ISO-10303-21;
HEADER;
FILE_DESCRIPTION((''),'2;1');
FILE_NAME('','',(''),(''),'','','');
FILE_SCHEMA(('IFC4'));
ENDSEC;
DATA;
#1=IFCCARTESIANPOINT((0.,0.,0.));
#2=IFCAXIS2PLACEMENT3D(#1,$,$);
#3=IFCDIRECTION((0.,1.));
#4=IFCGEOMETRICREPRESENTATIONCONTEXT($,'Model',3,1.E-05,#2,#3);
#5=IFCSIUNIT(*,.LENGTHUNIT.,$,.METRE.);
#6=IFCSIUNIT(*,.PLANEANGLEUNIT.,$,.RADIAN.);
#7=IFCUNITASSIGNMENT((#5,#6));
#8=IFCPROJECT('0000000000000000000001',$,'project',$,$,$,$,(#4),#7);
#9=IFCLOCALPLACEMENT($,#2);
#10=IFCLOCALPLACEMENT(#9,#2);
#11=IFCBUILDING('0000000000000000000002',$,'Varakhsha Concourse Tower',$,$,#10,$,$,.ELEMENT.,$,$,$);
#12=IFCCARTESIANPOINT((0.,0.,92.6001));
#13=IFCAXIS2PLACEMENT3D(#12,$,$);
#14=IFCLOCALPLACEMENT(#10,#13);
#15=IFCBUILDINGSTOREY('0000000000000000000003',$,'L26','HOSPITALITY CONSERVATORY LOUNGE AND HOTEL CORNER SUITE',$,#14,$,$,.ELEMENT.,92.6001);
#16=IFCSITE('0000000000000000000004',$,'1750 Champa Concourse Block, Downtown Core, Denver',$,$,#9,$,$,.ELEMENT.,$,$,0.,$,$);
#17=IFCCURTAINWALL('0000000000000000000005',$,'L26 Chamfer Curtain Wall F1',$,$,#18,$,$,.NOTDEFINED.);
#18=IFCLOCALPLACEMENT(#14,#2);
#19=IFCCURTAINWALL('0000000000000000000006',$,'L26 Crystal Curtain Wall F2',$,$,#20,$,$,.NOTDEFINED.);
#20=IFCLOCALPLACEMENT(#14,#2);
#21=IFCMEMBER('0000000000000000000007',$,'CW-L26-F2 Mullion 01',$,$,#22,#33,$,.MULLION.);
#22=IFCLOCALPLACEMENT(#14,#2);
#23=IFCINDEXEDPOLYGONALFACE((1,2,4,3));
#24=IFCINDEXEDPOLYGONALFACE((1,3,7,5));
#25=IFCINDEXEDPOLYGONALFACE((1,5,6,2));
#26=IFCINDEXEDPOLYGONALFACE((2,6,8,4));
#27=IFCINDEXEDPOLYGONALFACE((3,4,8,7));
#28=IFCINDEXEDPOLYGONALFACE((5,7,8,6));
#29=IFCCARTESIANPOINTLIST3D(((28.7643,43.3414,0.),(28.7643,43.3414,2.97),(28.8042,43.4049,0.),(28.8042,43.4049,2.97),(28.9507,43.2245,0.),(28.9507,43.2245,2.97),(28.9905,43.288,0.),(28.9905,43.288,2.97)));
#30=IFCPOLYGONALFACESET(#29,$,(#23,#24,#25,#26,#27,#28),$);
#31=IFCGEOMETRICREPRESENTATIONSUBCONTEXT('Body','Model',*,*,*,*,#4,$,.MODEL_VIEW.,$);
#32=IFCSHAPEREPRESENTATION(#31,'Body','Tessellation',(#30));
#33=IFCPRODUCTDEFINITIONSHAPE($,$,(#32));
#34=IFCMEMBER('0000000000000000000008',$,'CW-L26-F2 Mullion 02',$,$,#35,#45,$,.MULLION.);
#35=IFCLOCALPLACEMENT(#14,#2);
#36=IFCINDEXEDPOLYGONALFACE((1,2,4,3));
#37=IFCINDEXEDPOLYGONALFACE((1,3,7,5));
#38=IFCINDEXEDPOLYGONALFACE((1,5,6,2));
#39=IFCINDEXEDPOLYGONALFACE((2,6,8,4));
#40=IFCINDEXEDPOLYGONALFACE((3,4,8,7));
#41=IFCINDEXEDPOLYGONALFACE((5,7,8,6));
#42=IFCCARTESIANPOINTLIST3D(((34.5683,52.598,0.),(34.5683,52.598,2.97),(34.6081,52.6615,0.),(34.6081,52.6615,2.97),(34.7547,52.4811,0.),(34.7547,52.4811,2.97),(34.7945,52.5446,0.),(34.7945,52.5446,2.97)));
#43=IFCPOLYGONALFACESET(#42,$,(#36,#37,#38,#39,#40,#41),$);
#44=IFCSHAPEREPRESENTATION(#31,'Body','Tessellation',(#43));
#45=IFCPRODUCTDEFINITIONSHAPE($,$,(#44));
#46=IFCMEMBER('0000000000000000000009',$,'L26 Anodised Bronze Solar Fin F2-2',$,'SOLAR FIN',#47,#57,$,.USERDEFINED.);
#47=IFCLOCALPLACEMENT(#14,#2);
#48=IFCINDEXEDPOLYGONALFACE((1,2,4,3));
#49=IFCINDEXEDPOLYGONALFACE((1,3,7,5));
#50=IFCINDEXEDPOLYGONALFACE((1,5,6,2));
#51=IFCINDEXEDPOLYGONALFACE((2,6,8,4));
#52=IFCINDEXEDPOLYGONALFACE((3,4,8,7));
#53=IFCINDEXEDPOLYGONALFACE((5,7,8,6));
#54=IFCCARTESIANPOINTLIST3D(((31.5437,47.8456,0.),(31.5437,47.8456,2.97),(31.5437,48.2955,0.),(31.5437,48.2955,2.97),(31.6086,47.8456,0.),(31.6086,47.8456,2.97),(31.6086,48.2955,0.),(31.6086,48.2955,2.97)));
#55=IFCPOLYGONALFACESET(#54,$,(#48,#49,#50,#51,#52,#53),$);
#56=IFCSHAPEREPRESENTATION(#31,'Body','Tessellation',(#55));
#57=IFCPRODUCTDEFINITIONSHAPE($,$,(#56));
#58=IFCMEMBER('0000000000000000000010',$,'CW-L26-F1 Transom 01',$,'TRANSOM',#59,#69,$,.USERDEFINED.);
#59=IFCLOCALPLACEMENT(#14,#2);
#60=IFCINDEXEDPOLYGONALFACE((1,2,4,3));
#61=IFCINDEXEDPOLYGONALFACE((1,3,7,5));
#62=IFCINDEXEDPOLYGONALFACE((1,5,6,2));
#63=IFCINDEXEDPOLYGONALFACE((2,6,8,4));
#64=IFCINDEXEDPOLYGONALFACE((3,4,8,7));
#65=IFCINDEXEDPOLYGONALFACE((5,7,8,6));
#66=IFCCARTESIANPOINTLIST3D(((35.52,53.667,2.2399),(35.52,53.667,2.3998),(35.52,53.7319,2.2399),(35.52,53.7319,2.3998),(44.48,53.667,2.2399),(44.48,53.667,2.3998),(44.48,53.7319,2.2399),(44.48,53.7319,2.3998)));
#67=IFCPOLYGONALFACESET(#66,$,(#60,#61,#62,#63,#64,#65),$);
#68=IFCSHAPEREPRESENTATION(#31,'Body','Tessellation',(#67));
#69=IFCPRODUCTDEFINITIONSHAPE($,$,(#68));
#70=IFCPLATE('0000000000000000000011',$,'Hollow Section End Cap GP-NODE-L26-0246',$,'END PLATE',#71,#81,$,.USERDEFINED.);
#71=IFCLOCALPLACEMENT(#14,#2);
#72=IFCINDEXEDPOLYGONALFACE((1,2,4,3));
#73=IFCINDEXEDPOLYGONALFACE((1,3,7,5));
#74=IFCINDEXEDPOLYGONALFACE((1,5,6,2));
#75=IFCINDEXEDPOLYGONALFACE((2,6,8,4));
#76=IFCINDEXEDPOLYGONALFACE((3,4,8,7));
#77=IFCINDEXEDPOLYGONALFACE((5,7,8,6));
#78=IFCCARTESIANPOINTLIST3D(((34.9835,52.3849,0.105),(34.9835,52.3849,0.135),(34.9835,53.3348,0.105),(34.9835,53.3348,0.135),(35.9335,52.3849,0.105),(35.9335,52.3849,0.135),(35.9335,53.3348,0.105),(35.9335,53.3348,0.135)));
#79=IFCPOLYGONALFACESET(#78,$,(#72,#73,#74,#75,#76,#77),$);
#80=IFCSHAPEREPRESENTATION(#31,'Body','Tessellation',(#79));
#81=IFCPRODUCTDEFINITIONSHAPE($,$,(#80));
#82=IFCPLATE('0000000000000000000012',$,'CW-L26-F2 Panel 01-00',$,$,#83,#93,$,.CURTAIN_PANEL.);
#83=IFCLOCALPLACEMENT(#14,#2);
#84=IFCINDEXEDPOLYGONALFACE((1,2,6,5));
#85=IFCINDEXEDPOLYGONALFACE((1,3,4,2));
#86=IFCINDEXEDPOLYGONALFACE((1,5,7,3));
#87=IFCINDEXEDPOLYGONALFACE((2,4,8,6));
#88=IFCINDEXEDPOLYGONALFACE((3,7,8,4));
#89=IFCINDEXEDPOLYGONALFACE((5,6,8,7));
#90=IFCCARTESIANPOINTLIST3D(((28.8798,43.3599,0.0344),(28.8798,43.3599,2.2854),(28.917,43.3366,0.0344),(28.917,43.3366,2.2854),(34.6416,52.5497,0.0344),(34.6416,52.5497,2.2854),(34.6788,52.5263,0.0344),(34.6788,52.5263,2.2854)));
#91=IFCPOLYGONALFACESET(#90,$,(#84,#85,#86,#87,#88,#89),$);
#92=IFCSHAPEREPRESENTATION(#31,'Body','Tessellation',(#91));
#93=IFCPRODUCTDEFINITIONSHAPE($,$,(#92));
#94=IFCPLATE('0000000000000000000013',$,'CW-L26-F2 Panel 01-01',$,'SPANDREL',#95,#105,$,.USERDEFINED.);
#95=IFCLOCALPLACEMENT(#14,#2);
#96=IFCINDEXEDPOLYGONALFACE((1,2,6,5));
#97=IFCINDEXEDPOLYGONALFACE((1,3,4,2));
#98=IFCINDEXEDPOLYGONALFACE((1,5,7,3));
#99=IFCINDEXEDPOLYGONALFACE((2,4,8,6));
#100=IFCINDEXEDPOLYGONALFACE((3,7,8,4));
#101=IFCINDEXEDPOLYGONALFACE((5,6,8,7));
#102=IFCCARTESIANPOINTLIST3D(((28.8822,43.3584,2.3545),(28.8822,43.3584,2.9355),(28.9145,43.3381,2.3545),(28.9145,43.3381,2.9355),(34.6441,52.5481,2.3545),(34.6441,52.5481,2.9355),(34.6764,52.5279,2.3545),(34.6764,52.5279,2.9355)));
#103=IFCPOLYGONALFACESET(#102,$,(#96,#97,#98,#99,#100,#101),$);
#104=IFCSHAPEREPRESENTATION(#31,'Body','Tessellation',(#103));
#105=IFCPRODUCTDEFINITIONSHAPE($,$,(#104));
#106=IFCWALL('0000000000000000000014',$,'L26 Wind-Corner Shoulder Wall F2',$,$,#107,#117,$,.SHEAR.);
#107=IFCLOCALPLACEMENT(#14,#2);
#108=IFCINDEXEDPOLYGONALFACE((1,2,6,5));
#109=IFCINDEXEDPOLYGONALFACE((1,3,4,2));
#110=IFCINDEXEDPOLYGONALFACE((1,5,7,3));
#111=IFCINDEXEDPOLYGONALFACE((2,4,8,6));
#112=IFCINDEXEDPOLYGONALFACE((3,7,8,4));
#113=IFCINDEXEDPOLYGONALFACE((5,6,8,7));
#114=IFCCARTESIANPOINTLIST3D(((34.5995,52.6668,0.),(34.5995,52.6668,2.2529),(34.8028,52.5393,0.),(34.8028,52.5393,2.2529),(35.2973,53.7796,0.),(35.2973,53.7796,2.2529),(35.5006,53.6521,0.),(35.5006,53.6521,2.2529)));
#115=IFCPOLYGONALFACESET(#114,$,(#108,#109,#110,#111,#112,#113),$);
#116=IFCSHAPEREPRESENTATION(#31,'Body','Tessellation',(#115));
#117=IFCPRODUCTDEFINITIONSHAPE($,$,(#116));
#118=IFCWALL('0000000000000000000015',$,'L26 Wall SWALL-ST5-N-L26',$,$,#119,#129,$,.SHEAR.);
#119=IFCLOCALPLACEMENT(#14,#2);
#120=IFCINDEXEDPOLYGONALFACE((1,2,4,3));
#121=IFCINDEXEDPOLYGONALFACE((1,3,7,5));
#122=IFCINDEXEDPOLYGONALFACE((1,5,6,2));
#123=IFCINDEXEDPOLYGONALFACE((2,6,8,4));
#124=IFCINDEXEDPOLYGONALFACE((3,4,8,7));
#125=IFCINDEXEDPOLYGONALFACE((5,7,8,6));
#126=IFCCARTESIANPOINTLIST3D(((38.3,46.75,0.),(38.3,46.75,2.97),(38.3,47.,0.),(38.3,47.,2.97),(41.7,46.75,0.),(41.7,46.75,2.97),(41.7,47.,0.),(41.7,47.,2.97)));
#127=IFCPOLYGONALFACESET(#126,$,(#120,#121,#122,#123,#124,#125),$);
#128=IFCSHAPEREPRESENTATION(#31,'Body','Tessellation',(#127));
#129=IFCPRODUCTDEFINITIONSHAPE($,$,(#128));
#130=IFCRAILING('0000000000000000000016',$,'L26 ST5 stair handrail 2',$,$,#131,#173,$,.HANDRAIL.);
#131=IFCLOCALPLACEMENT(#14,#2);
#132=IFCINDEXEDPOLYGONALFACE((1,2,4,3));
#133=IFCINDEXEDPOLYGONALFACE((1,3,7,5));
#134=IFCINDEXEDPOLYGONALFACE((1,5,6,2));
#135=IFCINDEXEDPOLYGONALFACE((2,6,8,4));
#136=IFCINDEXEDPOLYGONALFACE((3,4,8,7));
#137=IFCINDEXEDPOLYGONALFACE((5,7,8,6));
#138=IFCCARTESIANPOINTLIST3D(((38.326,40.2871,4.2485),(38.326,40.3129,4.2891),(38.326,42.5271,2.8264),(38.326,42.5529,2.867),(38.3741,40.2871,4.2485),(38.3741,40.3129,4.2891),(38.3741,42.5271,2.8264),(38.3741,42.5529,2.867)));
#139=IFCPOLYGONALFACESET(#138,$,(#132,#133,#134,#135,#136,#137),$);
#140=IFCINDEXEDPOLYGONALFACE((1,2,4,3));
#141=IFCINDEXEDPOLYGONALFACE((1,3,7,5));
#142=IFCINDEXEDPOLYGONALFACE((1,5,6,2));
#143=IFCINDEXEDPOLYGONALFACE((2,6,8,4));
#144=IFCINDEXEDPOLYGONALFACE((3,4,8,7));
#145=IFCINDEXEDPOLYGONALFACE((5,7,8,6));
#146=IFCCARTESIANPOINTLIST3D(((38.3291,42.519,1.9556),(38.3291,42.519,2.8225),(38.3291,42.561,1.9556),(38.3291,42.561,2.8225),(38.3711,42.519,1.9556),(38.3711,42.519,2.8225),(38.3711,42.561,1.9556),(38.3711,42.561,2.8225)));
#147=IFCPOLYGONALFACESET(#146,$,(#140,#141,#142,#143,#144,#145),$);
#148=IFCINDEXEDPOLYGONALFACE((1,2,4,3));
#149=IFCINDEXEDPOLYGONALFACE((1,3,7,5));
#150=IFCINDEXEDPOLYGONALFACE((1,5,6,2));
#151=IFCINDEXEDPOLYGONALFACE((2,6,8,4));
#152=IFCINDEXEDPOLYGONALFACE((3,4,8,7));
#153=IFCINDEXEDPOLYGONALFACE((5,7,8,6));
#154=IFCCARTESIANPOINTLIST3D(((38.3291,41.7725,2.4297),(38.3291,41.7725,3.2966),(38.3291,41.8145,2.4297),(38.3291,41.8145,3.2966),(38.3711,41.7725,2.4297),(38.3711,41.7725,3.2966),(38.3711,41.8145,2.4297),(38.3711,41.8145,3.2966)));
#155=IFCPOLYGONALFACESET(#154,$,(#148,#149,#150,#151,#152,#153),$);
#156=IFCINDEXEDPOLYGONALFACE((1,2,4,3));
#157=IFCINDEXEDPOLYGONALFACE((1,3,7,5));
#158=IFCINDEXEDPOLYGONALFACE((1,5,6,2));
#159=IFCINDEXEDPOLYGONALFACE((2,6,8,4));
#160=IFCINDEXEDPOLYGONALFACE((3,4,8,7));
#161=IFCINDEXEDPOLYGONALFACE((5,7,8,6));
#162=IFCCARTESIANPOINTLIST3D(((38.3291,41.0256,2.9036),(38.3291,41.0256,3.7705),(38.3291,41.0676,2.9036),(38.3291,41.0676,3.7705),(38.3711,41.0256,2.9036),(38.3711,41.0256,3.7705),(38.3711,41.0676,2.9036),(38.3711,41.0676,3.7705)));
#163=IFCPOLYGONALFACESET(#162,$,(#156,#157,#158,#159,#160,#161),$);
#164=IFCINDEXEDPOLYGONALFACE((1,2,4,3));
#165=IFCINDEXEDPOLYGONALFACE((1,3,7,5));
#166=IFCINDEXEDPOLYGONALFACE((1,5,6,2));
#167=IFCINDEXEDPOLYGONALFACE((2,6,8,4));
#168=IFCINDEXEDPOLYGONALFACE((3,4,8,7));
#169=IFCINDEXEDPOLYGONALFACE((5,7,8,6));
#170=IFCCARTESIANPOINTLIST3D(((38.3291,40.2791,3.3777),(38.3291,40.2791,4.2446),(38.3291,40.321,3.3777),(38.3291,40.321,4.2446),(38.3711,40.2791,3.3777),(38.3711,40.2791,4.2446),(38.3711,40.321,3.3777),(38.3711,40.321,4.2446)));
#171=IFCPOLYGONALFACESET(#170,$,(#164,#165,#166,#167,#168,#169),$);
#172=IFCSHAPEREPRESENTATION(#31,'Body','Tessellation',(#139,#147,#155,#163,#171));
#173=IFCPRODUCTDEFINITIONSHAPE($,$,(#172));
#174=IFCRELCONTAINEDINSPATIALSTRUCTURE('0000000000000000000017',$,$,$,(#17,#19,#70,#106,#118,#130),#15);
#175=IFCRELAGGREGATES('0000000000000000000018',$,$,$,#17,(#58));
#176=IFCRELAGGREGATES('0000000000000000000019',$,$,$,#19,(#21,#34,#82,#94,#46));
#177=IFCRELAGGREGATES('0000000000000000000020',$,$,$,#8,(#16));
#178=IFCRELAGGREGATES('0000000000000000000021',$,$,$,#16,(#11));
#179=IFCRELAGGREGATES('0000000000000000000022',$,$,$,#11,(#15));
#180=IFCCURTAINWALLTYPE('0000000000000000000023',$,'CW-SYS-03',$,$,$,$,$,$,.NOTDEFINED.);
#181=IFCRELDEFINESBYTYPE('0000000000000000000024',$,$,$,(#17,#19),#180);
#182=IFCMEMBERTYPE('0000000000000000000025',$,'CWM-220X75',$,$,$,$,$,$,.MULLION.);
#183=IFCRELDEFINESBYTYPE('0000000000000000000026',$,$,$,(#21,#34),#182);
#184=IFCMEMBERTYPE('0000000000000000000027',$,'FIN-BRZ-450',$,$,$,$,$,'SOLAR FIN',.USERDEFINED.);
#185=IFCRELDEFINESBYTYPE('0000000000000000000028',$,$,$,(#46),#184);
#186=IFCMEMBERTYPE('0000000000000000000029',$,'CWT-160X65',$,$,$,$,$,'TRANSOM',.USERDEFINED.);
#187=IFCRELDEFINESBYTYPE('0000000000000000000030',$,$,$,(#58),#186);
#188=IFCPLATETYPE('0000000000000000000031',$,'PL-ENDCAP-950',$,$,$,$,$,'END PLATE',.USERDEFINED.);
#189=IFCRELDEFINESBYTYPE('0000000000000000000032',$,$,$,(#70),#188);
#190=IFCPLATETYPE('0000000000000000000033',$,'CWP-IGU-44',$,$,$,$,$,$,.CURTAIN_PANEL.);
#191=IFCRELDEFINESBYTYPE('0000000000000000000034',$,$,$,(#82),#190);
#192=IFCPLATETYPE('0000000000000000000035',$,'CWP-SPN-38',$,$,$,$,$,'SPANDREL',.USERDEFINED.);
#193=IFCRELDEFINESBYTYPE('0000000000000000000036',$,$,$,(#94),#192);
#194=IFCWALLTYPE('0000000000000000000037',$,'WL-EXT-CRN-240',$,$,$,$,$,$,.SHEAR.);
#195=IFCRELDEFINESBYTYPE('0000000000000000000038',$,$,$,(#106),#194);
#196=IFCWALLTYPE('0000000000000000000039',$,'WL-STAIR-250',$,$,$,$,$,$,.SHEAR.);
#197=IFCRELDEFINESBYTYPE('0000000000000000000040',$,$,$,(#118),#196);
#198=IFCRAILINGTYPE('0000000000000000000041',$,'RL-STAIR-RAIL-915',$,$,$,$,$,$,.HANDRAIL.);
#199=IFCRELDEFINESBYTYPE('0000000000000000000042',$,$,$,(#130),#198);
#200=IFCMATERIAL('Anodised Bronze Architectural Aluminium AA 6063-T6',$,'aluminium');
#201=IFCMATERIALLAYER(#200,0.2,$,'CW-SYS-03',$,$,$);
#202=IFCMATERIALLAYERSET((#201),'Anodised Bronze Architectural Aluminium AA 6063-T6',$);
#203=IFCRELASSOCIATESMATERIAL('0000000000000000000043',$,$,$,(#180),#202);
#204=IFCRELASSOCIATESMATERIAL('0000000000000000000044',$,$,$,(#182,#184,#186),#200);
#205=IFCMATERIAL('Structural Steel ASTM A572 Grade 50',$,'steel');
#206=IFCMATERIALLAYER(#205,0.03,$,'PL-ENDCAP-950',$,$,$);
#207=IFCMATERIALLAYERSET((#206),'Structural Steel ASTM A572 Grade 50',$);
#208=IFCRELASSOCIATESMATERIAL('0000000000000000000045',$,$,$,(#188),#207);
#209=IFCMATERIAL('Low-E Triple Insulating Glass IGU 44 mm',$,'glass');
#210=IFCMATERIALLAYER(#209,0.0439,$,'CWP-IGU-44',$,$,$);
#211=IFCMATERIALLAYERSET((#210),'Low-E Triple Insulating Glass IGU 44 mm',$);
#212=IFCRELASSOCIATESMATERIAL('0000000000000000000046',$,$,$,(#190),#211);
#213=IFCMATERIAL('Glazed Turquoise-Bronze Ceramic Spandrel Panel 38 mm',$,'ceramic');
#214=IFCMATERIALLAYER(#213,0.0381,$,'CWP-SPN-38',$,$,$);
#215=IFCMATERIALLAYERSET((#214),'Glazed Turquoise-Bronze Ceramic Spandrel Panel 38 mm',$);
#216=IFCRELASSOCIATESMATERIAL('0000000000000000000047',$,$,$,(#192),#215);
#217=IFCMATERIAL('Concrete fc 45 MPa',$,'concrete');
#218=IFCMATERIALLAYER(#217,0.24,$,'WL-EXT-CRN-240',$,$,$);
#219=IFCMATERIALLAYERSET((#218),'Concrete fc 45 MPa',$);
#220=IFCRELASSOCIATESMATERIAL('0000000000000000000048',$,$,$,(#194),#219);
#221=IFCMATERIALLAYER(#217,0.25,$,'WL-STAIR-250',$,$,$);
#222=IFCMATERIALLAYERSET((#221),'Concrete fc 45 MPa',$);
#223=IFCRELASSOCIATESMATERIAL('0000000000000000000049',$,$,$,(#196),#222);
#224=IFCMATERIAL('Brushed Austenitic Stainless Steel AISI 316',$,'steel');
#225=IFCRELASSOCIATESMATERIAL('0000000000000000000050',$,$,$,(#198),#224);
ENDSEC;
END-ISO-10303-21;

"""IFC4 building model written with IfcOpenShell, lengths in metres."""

from ifc_helpers import new_model, si_unit, direction, frame, frame_2d, origin, origin_2d, place, context, subcontext, project, spatial, rectangle, extrude, source, transform, mapped, material, layer, layer_set, material_profile, profile_set, type_object, type_shapes, element, aggregate, save


model = new_model("IFC4")

# Units and contexts
model_context = context("Model", 3, precision=1e-05, world=origin(), true_north=direction((0.0, 1.0)))
body_context = subcontext(model_context, "Body", "Model", "MODEL_VIEW")
ifc_project = project(units=[si_unit("LENGTHUNIT", "METRE"), si_unit("PLANEANGLEUNIT", "RADIAN")], contexts=[model_context])

# Site, building, storey
site_placement = place(None, origin())
site = spatial("IfcSite", under=ifc_project, at=site_placement, Name="1750 Champa Concourse Block, Downtown Core, Denver", CompositionType="ELEMENT", RefElevation=0.0)
building_placement = place(site_placement, origin())
building = spatial("IfcBuilding", under=site, at=building_placement, Name="Varakhsha Concourse Tower", CompositionType="ELEMENT")
storey_placement = place(building_placement, frame((0.0, 0.0, 92.6001)))
storey = spatial("IfcBuildingStorey", under=building, at=storey_placement, Name="L26", Description="HOSPITALITY CONSERVATORY LOUNGE AND HOTEL CORNER SUITE", CompositionType="ELEMENT", Elevation=92.6001)

# Shared definitions
ifc_material_1 = material(Name="Structural Steel ASTM A572 Grade 50", Category="steel")

# Curtain wall
ifc_material_2 = material(Name="Anodised Bronze Architectural Aluminium AA 6063-T6", Category="aluminium")
ifc_layer_1 = layer(ifc_material_2, 0.2, Name="CW-SYS-03")
ifc_layer_set_1 = layer_set([ifc_layer_1], Name="Anodised Bronze Architectural Aluminium AA 6063-T6")
curtain_wall_type = type_object("IfcCurtainWallType", Name="CW-SYS-03", PredefinedType="NOTDEFINED", material=ifc_layer_set_1)
curtain_wall_1_placement = place(storey_placement, origin())
curtain_wall_1 = element("IfcCurtainWall", 1, at=curtain_wall_1_placement, inside=storey, type_object=curtain_wall_type, Name="L26 Chamfer Curtain Wall F1", PredefinedType="NOTDEFINED")
ifc_material_profile_1 = material_profile(ifc_material_2, rectangle(XDim=0.075, YDim=0.22, at=origin_2d()), Name="CWM-220X75")
ifc_profile_set_1 = profile_set([ifc_material_profile_1], Name="Anodised Bronze Architectural Aluminium AA 6063-T6")
member_type_1 = type_object("IfcMemberType", Name="CWM-220X75", PredefinedType="MULLION", material=ifc_profile_set_1)
shared_shape_1 = source(origin(), body_context, "Body", "SweptSolid", [
    extrude(rectangle(XDim=0.075, YDim=0.22, at=origin_2d()), origin(), (0.0, 0.0, 1.0), 2.97),
])
type_shapes(member_type_1, [shared_shape_1])

# Curtain wall, members
curtain_wall_2_placement = place(storey_placement, origin())
curtain_wall_2 = element("IfcCurtainWall", 2, at=curtain_wall_2_placement, inside=storey, type_object=curtain_wall_type, Name="L26 Crystal Curtain Wall F2", PredefinedType="NOTDEFINED")
member_1_placement = place(storey_placement, frame((28.8774, 43.3147, 0.0), z_axis=(0.0, 0.0, 1.0), x_axis=(0.531209, 0.847241, 0.0)))
member_1 = element("IfcMember", 3, at=member_1_placement, type_object=member_type_1, Name="CW-L26-F2 Mullion 01", PredefinedType="MULLION", context=body_context, shape_type="MappedRepresentation", body=[
    mapped(shared_shape_1, transform((0.0, 0.0, 0.0), scale=1.0)),
])
member_2_placement = place(storey_placement, frame((34.6814, 52.5713, 0.0), z_axis=(0.0, 0.0, 1.0), x_axis=(0.531209, 0.847241, 0.0)))
member_2 = element("IfcMember", 4, at=member_2_placement, type_object=member_type_1, Name="CW-L26-F2 Mullion 02", PredefinedType="MULLION", context=body_context, shape_type="MappedRepresentation", body=[
    mapped(shared_shape_1, transform((0.0, 0.0, 0.0), scale=1.0)),
])
ifc_material_profile_2 = material_profile(ifc_material_2, rectangle(XDim=0.0649, YDim=0.45, at=origin_2d()), Name="FIN-BRZ-450")
ifc_profile_set_2 = profile_set([ifc_material_profile_2], Name="Anodised Bronze Architectural Aluminium AA 6063-T6")
member_type_2 = type_object("IfcMemberType", Name="FIN-BRZ-450", ElementType="SOLAR FIN", PredefinedType="USERDEFINED", material=ifc_profile_set_2)
shared_shape_2 = source(origin(), body_context, "Body", "SweptSolid", [
    extrude(rectangle(XDim=0.0649, YDim=0.45, at=origin_2d()), origin(), (0.0, 0.0, 1.0), 2.97),
])
type_shapes(member_type_2, [shared_shape_2])
member_3_placement = place(storey_placement, frame((31.5762, 48.0706, 0.0), z_axis=(0.0, 0.0, 1.0), x_axis=(1.0, 0.0, 0.0)))
member_3 = element("IfcMember", 5, at=member_3_placement, type_object=member_type_2, Name="L26 Anodised Bronze Solar Fin F2-2", ObjectType="SOLAR FIN", PredefinedType="USERDEFINED", context=body_context, shape_type="MappedRepresentation", body=[
    mapped(shared_shape_2, transform((0.0, 0.0, 0.0), scale=1.0)),
])

# Member
ifc_material_profile_3 = material_profile(ifc_material_2, rectangle(XDim=0.0649, YDim=0.1599, at=origin_2d()), Name="CWT-160X65")
ifc_profile_set_3 = profile_set([ifc_material_profile_3], Name="Anodised Bronze Architectural Aluminium AA 6063-T6")
member_type_3 = type_object("IfcMemberType", Name="CWT-160X65", ElementType="TRANSOM", PredefinedType="USERDEFINED", material=ifc_profile_set_3)
shared_shape_3 = source(origin(), body_context, "Body", "SweptSolid", [
    extrude(rectangle(XDim=0.0649, YDim=0.1599, at=origin_2d()), origin(), (0.0, 0.0, 1.0), 8.96),
])
type_shapes(member_type_3, [shared_shape_3])
member_4_placement = place(storey_placement, frame((35.52, 53.6995, 2.3198), z_axis=(1.0, 0.0, 0.0), x_axis=(0.0, 1.0, 0.0)))
member_4 = element("IfcMember", 6, at=member_4_placement, type_object=member_type_3, Name="CW-L26-F1 Transom 01", ObjectType="TRANSOM", PredefinedType="USERDEFINED", context=body_context, shape_type="MappedRepresentation", body=[
    mapped(shared_shape_3, transform((0.0, 0.0, 0.0), scale=1.0)),
])
aggregate(curtain_wall_1, [member_4])

# Plates
ifc_layer_2 = layer(ifc_material_1, 0.03, Name="PL-ENDCAP-950")
ifc_layer_set_2 = layer_set([ifc_layer_2], Name="Structural Steel ASTM A572 Grade 50")
plate_type_1 = type_object("IfcPlateType", Name="PL-ENDCAP-950", ElementType="END PLATE", PredefinedType="USERDEFINED", material=ifc_layer_set_2)
shared_shape_4 = source(origin(), body_context, "Body", "SweptSolid", [
    extrude(rectangle(XDim=0.95, YDim=0.95, at=origin_2d()), origin(), (0.0, 0.0, 1.0), 0.03),
])
type_shapes(plate_type_1, [shared_shape_4])
plate_1_placement = place(storey_placement, frame((35.4585, 52.8599, 0.105), z_axis=(0.0, 0.0, 1.0), x_axis=(1.0, 0.0, 0.0)))
element("IfcPlate", 7, at=plate_1_placement, inside=storey, type_object=plate_type_1, Name="Hollow Section End Cap GP-NODE-L26-0246", ObjectType="END PLATE", PredefinedType="USERDEFINED", context=body_context, shape_type="MappedRepresentation", body=[
    mapped(shared_shape_4, transform((0.0, 0.0, 0.0), scale=1.0)),
])
ifc_material_3 = material(Name="Low-E Triple Insulating Glass IGU 44 mm", Category="glass")
ifc_layer_3 = layer(ifc_material_3, 0.0439, Name="CWP-IGU-44")
ifc_layer_set_3 = layer_set([ifc_layer_3], Name="Low-E Triple Insulating Glass IGU 44 mm")
plate_type_2 = type_object("IfcPlateType", Name="CWP-IGU-44", PredefinedType="CURTAIN_PANEL", material=ifc_layer_set_3)
shared_shape_5 = source(origin(), body_context, "Body", "SweptSolid", [
    extrude(rectangle(XDim=10.8467, YDim=0.0439, at=origin_2d()), origin(), (0.0, 0.0, 1.0), 2.251),
])
type_shapes(plate_type_2, [shared_shape_5])
plate_2_placement = place(storey_placement, frame((31.7793, 47.9431, 0.0344), z_axis=(0.0, 0.0, 1.0), x_axis=(0.531209, 0.847241, 0.0)))
plate_2 = element("IfcPlate", 8, at=plate_2_placement, type_object=plate_type_2, Name="CW-L26-F2 Panel 01-00", PredefinedType="CURTAIN_PANEL", context=body_context, shape_type="MappedRepresentation", body=[
    mapped(shared_shape_5, transform((0.0, 0.0, 0.0), scale=1.0)),
])
ifc_material_4 = material(Name="Glazed Turquoise-Bronze Ceramic Spandrel Panel 38 mm", Category="ceramic")
ifc_layer_4 = layer(ifc_material_4, 0.0381, Name="CWP-SPN-38")
ifc_layer_set_4 = layer_set([ifc_layer_4], Name="Glazed Turquoise-Bronze Ceramic Spandrel Panel 38 mm")
plate_type_3 = type_object("IfcPlateType", Name="CWP-SPN-38", ElementType="SPANDREL", PredefinedType="USERDEFINED", material=ifc_layer_set_4)
shared_shape_6 = source(origin(), body_context, "Body", "SweptSolid", [
    extrude(rectangle(XDim=10.8467, YDim=0.0381, at=origin_2d()), origin(), (0.0, 0.0, 1.0), 0.5811),
])
type_shapes(plate_type_3, [shared_shape_6])
plate_3_placement = place(storey_placement, frame((31.7793, 47.9431, 2.3545), z_axis=(0.0, 0.0, 1.0), x_axis=(0.531209, 0.847241, 0.0)))
plate_3 = element("IfcPlate", 9, at=plate_3_placement, type_object=plate_type_3, Name="CW-L26-F2 Panel 01-01", ObjectType="SPANDREL", PredefinedType="USERDEFINED", context=body_context, shape_type="MappedRepresentation", body=[
    mapped(shared_shape_6, transform((0.0, 0.0, 0.0), scale=1.0)),
])
aggregate(curtain_wall_2, [member_1, member_2, plate_2, plate_3, member_3])

# Walls
ifc_material_5 = material(Name="Concrete fc 45 MPa", Category="concrete")
ifc_layer_5 = layer(ifc_material_5, 0.24, Name="WL-EXT-CRN-240")
ifc_layer_set_5 = layer_set([ifc_layer_5], Name="Concrete fc 45 MPa")
wall_type_1 = type_object("IfcWallType", Name="WL-EXT-CRN-240", PredefinedType="SHEAR", material=ifc_layer_set_5)
wall_1_placement = place(storey_placement, frame((35.3989, 53.7158, 0.0), z_axis=(0.0, 0.0, 1.0), x_axis=(-0.531235, -0.847225, 0.0)))
element("IfcWall", 10, at=wall_1_placement, inside=storey, type_object=wall_type_1, Name="L26 Wind-Corner Shoulder Wall F2", PredefinedType="SHEAR", context=body_context, shape_type="SweptSolid", body=[
    extrude(rectangle(XDim=1.3135, YDim=0.24, at=frame_2d((0.6567, 0.0))), origin(), (0.0, 0.0, 1.0), 2.2529),
])
ifc_layer_6 = layer(ifc_material_5, 0.25, Name="WL-STAIR-250")
ifc_layer_set_6 = layer_set([ifc_layer_6], Name="Concrete fc 45 MPa")
wall_type_2 = type_object("IfcWallType", Name="WL-STAIR-250", PredefinedType="SHEAR", material=ifc_layer_set_6)
wall_2_placement = place(storey_placement, frame((38.3, 46.875, 0.0), z_axis=(0.0, 0.0, 1.0), x_axis=(1.0, 0.0, 0.0)))
element("IfcWall", 11, at=wall_2_placement, inside=storey, type_object=wall_type_2, Name="L26 Wall SWALL-ST5-N-L26", PredefinedType="SHEAR", context=body_context, shape_type="SweptSolid", body=[
    extrude(rectangle(XDim=3.3999, YDim=0.25, at=frame_2d((1.7, 0.0))), origin(), (0.0, 0.0, 1.0), 2.97),
])

# Railing
ifc_material_6 = material(Name="Brushed Austenitic Stainless Steel AISI 316", Category="steel")
railing_type = type_object("IfcRailingType", Name="RL-STAIR-RAIL-915", PredefinedType="HANDRAIL", material=ifc_material_6)
railing_placement = place(storey_placement, frame((38.3501, 42.54, 1.9556)))
element("IfcRailing", 12, at=railing_placement, inside=storey, type_object=railing_type, Name="L26 ST5 stair handrail 2", PredefinedType="HANDRAIL", context=body_context, shape_type="SweptSolid", body=[
    extrude(rectangle(XDim=0.0481, YDim=0.0481, at=origin_2d()), frame((0.0, 0.0, 0.8911), z_axis=(0.0, -0.844229, 0.535982), x_axis=(1.0, 0.0, 0.0)), (0.0, 0.0, 1.0), 2.6533),
    extrude(rectangle(XDim=0.042, YDim=0.042, at=origin_2d()), origin(), (0.0, 0.0, 1.0), 0.8669),
    extrude(rectangle(XDim=0.042, YDim=0.042, at=origin_2d()), frame((0.0, -0.7466, 0.4741)), (0.0, 0.0, 1.0), 0.8669),
    extrude(rectangle(XDim=0.042, YDim=0.042, at=origin_2d()), frame((0.0, -1.4934, 0.948)), (0.0, 0.0, 1.0), 0.8669),
    extrude(rectangle(XDim=0.042, YDim=0.042, at=origin_2d()), frame((0.0, -2.24, 1.4221)), (0.0, 0.0, 1.0), 0.8669),
])

save(model, "model.ifc")
